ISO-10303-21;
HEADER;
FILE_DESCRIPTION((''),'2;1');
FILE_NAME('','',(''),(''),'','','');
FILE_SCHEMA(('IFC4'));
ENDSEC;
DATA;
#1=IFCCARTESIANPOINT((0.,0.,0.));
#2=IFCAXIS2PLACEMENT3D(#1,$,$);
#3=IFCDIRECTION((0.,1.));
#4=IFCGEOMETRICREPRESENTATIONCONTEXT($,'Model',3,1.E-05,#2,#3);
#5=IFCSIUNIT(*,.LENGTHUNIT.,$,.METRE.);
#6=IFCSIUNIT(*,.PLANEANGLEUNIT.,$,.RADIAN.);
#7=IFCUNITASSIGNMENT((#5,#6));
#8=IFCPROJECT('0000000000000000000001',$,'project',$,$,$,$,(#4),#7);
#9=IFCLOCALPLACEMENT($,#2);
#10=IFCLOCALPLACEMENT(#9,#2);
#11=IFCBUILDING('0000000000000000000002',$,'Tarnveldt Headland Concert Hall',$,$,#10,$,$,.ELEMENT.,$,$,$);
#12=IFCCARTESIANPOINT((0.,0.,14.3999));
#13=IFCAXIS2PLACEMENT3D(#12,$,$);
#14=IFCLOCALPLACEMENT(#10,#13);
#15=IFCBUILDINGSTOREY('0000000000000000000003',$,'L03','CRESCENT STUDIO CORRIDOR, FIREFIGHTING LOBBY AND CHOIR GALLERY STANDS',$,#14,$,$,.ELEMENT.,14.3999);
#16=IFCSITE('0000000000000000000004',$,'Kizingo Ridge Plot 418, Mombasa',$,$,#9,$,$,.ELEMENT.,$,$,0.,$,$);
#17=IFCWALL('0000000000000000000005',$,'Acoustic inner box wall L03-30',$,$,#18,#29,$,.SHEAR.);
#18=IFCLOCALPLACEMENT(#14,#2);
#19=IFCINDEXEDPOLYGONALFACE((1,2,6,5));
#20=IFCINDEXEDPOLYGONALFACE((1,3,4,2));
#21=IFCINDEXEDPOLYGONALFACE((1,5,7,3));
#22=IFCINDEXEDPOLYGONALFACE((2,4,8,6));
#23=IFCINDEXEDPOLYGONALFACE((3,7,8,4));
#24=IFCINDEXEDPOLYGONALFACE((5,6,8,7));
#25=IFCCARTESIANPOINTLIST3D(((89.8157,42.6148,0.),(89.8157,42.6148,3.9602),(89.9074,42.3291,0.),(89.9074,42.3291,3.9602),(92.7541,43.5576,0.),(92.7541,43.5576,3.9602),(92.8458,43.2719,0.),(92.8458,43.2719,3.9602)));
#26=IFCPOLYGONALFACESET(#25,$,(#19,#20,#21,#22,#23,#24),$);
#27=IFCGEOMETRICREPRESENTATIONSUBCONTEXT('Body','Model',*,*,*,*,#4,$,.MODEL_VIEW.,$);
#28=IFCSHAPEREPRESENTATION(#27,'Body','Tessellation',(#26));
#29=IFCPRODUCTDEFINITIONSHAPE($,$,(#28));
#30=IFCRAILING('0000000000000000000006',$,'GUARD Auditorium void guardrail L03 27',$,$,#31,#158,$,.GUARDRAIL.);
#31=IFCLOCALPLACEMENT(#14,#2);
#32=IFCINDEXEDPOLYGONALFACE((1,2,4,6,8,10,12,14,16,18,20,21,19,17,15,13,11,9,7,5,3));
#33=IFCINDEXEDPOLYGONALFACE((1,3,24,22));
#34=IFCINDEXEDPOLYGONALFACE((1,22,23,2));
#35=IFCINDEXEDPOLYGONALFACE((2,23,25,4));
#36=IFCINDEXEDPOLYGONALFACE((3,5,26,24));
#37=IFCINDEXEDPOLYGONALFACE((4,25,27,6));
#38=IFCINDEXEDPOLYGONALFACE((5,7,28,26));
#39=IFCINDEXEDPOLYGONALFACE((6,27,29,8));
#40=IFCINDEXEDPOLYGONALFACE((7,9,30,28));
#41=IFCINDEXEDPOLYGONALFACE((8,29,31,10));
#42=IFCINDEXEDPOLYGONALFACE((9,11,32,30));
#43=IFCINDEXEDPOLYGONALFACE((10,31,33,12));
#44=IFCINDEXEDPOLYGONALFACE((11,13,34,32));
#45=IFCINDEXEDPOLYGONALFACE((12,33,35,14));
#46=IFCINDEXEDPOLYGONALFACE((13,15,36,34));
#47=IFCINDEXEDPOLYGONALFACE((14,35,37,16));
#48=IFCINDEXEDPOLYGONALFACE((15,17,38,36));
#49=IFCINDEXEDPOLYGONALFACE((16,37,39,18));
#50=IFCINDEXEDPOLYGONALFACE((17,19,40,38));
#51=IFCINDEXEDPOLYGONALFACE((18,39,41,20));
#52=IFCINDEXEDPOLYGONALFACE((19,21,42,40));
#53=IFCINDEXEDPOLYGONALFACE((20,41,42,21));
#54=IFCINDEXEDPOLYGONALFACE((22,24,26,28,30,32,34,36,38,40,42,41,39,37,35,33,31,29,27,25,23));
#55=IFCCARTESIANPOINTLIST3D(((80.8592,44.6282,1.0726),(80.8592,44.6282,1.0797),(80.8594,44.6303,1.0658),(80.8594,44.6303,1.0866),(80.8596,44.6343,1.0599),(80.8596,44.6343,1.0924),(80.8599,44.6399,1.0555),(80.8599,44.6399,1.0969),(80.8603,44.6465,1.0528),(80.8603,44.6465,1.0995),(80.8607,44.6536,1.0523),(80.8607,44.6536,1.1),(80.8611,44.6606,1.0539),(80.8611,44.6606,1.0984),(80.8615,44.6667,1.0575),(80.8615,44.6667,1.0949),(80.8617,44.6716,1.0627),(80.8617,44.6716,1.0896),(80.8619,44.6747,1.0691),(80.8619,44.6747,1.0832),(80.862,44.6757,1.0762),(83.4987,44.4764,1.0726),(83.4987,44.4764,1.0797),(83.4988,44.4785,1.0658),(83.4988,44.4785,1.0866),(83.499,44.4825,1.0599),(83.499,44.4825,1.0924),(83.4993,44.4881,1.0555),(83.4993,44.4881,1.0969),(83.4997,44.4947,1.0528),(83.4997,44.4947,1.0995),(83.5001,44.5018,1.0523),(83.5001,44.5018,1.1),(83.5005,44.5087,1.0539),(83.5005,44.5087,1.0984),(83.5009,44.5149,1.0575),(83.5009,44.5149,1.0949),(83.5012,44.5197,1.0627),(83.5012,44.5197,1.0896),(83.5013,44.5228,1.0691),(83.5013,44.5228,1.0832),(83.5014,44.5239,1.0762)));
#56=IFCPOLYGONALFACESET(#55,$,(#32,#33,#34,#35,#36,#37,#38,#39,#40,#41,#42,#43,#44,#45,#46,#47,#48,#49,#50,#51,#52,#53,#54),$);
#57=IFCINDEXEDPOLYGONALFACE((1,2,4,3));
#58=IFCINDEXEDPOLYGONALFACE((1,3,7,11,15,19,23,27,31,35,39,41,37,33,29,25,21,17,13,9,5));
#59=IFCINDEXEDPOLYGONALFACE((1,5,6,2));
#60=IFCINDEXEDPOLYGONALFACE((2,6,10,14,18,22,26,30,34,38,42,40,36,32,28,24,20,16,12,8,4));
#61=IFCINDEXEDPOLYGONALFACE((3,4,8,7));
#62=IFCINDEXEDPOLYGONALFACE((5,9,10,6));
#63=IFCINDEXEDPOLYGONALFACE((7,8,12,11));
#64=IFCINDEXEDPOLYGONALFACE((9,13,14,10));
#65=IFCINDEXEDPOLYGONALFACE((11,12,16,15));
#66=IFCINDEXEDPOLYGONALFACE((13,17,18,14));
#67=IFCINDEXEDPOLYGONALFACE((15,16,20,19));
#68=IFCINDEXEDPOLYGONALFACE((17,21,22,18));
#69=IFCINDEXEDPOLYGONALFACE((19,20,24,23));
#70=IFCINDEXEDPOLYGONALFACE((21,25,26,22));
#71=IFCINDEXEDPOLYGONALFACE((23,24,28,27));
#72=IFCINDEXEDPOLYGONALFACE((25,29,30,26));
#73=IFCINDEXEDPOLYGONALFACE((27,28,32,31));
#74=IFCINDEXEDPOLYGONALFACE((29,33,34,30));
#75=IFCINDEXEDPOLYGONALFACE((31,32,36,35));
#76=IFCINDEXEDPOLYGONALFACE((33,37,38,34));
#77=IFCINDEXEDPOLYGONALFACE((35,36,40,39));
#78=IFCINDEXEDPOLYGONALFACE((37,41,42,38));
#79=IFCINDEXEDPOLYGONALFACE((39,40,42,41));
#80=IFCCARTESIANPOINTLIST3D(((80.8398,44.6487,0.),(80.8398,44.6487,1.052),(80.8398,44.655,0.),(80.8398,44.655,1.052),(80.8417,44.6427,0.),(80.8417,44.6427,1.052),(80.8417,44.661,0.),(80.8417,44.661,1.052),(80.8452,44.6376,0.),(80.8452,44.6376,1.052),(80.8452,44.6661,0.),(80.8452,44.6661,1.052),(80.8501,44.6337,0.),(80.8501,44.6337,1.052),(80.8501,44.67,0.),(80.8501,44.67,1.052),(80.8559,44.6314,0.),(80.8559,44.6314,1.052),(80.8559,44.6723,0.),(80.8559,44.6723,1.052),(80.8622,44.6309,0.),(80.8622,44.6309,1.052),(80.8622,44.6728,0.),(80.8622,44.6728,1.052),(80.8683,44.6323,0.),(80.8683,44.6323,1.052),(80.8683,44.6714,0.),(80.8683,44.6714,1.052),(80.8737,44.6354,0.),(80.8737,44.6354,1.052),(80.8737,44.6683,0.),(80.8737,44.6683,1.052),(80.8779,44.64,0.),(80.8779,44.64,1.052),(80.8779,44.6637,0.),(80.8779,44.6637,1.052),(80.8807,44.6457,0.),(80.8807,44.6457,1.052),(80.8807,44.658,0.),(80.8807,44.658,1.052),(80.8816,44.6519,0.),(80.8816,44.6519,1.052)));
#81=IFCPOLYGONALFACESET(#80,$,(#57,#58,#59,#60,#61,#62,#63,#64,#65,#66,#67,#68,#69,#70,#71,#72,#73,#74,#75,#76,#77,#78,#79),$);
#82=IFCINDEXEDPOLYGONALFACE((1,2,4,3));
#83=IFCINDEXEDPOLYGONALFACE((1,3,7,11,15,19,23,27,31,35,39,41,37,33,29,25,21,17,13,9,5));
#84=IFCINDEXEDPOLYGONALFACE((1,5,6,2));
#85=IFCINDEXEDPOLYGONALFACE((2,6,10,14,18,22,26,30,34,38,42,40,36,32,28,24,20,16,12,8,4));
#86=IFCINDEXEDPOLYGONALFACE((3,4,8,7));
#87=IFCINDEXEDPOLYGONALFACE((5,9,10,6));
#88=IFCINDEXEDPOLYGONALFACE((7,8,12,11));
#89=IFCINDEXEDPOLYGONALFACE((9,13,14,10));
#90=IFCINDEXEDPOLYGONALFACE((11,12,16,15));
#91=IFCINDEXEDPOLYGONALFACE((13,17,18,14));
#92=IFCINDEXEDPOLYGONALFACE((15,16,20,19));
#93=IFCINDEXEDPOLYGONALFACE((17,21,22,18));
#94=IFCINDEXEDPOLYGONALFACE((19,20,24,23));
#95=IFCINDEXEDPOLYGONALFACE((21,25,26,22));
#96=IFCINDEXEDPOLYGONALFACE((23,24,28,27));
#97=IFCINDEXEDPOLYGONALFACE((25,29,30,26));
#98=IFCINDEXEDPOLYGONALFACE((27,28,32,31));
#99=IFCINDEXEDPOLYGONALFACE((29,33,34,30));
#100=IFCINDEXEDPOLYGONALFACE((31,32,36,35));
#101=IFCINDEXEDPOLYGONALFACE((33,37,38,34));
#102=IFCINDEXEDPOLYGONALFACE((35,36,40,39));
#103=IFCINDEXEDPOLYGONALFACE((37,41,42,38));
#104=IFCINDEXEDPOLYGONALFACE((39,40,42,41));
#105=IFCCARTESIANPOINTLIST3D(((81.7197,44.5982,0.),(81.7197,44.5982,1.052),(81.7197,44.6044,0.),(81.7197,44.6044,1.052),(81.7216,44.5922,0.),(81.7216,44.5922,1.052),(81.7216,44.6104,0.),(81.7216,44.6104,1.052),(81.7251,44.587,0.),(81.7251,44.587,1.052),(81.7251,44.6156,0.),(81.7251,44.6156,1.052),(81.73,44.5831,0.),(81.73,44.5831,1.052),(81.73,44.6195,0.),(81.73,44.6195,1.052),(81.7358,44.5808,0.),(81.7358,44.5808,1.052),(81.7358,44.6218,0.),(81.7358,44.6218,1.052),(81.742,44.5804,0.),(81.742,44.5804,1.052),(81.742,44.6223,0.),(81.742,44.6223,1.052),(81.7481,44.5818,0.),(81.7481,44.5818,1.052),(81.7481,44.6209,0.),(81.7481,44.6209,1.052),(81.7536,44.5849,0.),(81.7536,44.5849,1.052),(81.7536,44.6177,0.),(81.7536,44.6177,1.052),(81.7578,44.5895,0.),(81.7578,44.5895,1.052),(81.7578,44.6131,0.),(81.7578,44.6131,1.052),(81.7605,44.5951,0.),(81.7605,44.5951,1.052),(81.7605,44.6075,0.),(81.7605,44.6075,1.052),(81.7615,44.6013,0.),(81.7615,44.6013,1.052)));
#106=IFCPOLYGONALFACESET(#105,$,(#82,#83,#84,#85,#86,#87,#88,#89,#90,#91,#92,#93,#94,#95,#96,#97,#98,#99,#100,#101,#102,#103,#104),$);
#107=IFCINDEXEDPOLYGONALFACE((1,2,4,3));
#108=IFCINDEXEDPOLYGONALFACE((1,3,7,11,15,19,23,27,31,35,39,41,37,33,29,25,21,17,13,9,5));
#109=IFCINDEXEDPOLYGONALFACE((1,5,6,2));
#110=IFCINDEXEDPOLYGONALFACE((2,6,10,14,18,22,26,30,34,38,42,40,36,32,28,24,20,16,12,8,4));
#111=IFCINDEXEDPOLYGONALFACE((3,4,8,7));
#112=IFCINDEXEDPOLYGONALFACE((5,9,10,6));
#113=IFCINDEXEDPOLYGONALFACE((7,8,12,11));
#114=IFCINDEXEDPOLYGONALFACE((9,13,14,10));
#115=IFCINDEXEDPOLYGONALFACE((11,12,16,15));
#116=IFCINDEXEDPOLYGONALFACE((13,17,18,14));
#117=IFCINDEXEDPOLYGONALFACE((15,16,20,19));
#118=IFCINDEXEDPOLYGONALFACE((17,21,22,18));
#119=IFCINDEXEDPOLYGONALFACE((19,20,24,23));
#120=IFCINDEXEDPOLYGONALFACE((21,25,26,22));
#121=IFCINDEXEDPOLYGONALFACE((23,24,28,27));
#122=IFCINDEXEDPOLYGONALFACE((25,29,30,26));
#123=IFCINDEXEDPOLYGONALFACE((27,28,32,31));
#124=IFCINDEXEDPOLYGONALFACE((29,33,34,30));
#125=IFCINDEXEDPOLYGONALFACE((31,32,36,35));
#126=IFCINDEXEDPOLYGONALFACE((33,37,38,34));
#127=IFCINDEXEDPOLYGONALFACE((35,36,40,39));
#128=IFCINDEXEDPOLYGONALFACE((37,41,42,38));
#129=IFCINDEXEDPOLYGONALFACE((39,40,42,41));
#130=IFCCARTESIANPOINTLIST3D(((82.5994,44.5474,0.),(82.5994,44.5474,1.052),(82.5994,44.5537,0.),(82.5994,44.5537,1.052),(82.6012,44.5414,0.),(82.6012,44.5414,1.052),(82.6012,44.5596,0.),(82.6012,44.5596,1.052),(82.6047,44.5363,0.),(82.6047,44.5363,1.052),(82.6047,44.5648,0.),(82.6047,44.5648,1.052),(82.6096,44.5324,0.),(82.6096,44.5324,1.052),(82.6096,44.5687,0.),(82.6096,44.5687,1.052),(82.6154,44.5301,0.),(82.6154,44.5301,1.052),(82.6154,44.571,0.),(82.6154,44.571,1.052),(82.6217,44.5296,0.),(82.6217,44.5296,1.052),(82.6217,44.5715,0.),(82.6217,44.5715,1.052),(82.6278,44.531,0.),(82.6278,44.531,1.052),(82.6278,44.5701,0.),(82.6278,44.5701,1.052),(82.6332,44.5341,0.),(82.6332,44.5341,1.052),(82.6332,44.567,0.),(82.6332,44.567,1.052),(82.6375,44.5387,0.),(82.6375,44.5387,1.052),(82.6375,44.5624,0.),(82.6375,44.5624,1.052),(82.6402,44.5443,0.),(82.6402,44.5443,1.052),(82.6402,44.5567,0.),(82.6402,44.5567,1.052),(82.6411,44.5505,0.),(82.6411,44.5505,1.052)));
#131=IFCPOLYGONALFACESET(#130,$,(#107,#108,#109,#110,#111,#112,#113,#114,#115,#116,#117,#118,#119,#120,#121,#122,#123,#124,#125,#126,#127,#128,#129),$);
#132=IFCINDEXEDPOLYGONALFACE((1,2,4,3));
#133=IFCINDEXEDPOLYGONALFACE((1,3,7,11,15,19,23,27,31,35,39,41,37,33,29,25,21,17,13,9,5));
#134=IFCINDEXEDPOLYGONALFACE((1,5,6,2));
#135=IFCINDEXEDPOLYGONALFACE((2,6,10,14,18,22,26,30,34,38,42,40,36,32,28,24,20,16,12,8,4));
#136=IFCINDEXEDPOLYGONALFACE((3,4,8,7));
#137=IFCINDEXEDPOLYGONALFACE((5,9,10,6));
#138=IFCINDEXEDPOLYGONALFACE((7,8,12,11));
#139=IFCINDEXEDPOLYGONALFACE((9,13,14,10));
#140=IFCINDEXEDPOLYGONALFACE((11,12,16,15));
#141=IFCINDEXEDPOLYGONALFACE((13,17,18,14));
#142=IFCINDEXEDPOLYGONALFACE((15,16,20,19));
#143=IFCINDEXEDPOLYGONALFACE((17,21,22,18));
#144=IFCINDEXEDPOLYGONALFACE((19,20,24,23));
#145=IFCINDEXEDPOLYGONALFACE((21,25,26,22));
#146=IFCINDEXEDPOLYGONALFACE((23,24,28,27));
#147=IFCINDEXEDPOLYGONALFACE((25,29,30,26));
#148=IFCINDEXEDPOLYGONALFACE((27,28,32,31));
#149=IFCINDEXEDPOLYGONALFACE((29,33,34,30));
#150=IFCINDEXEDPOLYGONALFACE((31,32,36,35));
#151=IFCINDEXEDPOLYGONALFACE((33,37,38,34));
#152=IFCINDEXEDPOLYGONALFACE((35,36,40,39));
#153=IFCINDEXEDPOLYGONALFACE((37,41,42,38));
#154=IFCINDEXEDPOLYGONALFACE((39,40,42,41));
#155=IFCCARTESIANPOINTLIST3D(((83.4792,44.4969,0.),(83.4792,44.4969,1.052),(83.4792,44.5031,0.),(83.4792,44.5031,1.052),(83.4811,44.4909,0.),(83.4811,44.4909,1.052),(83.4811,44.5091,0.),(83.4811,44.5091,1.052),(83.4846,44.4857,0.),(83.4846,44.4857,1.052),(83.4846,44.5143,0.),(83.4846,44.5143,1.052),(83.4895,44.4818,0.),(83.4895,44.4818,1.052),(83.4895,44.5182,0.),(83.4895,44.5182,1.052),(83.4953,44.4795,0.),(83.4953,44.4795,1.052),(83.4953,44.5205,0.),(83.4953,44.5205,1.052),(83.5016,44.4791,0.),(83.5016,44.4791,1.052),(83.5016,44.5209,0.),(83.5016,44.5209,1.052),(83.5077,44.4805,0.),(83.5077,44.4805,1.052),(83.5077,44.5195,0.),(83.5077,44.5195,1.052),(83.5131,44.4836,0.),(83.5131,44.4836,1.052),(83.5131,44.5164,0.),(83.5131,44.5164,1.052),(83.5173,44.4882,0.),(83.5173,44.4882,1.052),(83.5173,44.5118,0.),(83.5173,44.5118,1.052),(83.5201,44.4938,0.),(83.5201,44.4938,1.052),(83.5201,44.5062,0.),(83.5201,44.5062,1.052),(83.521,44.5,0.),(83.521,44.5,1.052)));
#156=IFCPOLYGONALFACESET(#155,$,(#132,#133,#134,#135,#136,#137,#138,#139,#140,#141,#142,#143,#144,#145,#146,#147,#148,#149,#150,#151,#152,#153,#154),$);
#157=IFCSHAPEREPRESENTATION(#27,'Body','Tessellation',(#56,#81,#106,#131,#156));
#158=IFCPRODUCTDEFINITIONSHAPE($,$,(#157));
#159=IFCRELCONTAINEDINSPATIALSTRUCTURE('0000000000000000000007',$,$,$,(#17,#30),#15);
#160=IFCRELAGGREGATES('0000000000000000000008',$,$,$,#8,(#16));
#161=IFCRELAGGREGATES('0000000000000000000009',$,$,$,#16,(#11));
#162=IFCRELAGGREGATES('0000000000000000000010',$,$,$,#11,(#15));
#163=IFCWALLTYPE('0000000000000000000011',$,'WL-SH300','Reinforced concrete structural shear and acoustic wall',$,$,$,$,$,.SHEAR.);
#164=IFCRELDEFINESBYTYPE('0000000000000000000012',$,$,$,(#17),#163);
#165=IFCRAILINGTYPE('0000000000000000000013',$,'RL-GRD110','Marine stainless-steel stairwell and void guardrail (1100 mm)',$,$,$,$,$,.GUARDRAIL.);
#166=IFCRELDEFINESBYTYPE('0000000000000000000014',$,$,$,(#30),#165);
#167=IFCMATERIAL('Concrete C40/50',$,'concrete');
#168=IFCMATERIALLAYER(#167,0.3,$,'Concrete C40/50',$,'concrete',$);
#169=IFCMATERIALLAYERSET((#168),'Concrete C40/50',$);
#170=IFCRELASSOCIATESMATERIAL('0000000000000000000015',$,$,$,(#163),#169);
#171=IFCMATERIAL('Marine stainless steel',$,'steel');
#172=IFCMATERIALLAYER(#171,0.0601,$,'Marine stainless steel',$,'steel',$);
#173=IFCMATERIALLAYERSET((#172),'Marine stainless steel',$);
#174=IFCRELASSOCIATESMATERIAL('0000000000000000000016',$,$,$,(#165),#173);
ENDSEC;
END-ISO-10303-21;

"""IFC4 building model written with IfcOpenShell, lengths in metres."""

from ifc_helpers import new_model, si_unit, direction, frame, frame_2d, origin, origin_2d, place, context, subcontext, project, spatial, rectangle, circle, extrude, material, layer, layer_set, type_object, element, save


model = new_model("IFC4")

# Units and contexts
model_context = context("Model", 3, precision=1e-05, world=origin(), true_north=direction((0.0, 1.0)))
body_context = subcontext(model_context, "Body", "Model", "MODEL_VIEW")
ifc_project = project(units=[si_unit("LENGTHUNIT", "METRE"), si_unit("PLANEANGLEUNIT", "RADIAN")], contexts=[model_context])

# Site, building, storey
site_placement = place(None, origin())
site = spatial("IfcSite", under=ifc_project, at=site_placement, Name="Kizingo Ridge Plot 418, Mombasa", CompositionType="ELEMENT", RefElevation=0.0)
building_placement = place(site_placement, origin())
building = spatial("IfcBuilding", under=site, at=building_placement, Name="Tarnveldt Headland Concert Hall", CompositionType="ELEMENT")
storey_placement = place(building_placement, frame((0.0, 0.0, 14.3999)))
storey = spatial("IfcBuildingStorey", under=building, at=storey_placement, Name="L03", Description="CRESCENT STUDIO CORRIDOR, FIREFIGHTING LOBBY AND CHOIR GALLERY STANDS", CompositionType="ELEMENT", Elevation=14.3999)

# Shared definitions
ifc_material_1 = material(Name="Concrete C40/50", Category="concrete")

# Wall
ifc_layer_1 = layer(ifc_material_1, 0.3, Name="Concrete C40/50", Category="concrete")
ifc_layer_set_1 = layer_set([ifc_layer_1], Name="Concrete C40/50")
wall_type_1 = type_object("IfcWallType", Name="WL-SH300", Description="Reinforced concrete structural shear and acoustic wall", PredefinedType="SHEAR", material=ifc_layer_set_1)
wall_1_placement = place(storey_placement, frame((89.8616, 42.4719, 0.0), z_axis=(0.0, 0.0, 1.0), x_axis=(0.952183, 0.305528, 0.0)))
element("IfcWall", 1, at=wall_1_placement, inside=storey, type_object=wall_type_1, Name="Acoustic inner box wall L03-30", PredefinedType="SHEAR", context=body_context, shape_type="SweptSolid", body=[
    extrude(rectangle(XDim=3.0859, YDim=0.3, at=frame_2d((1.543, 0.0))), origin(), (0.0, 0.0, 1.0), 3.9602),
])

# Railing
ifc_material_2 = material(Name="Marine stainless steel", Category="steel")
ifc_layer_2 = layer(ifc_material_2, 0.0601, Name="Marine stainless steel", Category="steel")
ifc_layer_set_2 = layer_set([ifc_layer_2], Name="Marine stainless steel")
railing_type_1 = type_object("IfcRailingType", Name="RL-GRD110", Description="Marine stainless-steel stairwell and void guardrail (1100 mm)", PredefinedType="GUARDRAIL", material=ifc_layer_set_2)
railing_1_placement = place(storey_placement, frame((80.8606, 44.6519, 0.0)))
element("IfcRailing", 2, at=railing_1_placement, inside=storey, type_object=railing_type_1, Name="GUARD Auditorium void guardrail L03 27", PredefinedType="GUARDRAIL", context=body_context, shape_type="SweptSolid", body=[
    extrude(circle(Radius=0.0239, at=origin_2d()), frame((0.0, 0.0, 1.0762), z_axis=(0.998349, -0.057439, 0.0), x_axis=(0.057439, 0.998349, 0.0)), (0.0, 0.0, 1.0), 2.6438),
    extrude(circle(Radius=0.021, at=origin_2d()), origin(), (0.0, 0.0, 1.0), 1.052),
    extrude(circle(Radius=0.021, at=origin_2d()), frame((0.8799, -0.0505, 0.0)), (0.0, 0.0, 1.0), 1.052),
    extrude(circle(Radius=0.021, at=origin_2d()), frame((1.7595, -0.1013, 0.0)), (0.0, 0.0, 1.0), 1.052),
    extrude(circle(Radius=0.021, at=origin_2d()), frame((2.6394, -0.1519, 0.0)), (0.0, 0.0, 1.0), 1.052),
])

save(model, "model.ifc")
